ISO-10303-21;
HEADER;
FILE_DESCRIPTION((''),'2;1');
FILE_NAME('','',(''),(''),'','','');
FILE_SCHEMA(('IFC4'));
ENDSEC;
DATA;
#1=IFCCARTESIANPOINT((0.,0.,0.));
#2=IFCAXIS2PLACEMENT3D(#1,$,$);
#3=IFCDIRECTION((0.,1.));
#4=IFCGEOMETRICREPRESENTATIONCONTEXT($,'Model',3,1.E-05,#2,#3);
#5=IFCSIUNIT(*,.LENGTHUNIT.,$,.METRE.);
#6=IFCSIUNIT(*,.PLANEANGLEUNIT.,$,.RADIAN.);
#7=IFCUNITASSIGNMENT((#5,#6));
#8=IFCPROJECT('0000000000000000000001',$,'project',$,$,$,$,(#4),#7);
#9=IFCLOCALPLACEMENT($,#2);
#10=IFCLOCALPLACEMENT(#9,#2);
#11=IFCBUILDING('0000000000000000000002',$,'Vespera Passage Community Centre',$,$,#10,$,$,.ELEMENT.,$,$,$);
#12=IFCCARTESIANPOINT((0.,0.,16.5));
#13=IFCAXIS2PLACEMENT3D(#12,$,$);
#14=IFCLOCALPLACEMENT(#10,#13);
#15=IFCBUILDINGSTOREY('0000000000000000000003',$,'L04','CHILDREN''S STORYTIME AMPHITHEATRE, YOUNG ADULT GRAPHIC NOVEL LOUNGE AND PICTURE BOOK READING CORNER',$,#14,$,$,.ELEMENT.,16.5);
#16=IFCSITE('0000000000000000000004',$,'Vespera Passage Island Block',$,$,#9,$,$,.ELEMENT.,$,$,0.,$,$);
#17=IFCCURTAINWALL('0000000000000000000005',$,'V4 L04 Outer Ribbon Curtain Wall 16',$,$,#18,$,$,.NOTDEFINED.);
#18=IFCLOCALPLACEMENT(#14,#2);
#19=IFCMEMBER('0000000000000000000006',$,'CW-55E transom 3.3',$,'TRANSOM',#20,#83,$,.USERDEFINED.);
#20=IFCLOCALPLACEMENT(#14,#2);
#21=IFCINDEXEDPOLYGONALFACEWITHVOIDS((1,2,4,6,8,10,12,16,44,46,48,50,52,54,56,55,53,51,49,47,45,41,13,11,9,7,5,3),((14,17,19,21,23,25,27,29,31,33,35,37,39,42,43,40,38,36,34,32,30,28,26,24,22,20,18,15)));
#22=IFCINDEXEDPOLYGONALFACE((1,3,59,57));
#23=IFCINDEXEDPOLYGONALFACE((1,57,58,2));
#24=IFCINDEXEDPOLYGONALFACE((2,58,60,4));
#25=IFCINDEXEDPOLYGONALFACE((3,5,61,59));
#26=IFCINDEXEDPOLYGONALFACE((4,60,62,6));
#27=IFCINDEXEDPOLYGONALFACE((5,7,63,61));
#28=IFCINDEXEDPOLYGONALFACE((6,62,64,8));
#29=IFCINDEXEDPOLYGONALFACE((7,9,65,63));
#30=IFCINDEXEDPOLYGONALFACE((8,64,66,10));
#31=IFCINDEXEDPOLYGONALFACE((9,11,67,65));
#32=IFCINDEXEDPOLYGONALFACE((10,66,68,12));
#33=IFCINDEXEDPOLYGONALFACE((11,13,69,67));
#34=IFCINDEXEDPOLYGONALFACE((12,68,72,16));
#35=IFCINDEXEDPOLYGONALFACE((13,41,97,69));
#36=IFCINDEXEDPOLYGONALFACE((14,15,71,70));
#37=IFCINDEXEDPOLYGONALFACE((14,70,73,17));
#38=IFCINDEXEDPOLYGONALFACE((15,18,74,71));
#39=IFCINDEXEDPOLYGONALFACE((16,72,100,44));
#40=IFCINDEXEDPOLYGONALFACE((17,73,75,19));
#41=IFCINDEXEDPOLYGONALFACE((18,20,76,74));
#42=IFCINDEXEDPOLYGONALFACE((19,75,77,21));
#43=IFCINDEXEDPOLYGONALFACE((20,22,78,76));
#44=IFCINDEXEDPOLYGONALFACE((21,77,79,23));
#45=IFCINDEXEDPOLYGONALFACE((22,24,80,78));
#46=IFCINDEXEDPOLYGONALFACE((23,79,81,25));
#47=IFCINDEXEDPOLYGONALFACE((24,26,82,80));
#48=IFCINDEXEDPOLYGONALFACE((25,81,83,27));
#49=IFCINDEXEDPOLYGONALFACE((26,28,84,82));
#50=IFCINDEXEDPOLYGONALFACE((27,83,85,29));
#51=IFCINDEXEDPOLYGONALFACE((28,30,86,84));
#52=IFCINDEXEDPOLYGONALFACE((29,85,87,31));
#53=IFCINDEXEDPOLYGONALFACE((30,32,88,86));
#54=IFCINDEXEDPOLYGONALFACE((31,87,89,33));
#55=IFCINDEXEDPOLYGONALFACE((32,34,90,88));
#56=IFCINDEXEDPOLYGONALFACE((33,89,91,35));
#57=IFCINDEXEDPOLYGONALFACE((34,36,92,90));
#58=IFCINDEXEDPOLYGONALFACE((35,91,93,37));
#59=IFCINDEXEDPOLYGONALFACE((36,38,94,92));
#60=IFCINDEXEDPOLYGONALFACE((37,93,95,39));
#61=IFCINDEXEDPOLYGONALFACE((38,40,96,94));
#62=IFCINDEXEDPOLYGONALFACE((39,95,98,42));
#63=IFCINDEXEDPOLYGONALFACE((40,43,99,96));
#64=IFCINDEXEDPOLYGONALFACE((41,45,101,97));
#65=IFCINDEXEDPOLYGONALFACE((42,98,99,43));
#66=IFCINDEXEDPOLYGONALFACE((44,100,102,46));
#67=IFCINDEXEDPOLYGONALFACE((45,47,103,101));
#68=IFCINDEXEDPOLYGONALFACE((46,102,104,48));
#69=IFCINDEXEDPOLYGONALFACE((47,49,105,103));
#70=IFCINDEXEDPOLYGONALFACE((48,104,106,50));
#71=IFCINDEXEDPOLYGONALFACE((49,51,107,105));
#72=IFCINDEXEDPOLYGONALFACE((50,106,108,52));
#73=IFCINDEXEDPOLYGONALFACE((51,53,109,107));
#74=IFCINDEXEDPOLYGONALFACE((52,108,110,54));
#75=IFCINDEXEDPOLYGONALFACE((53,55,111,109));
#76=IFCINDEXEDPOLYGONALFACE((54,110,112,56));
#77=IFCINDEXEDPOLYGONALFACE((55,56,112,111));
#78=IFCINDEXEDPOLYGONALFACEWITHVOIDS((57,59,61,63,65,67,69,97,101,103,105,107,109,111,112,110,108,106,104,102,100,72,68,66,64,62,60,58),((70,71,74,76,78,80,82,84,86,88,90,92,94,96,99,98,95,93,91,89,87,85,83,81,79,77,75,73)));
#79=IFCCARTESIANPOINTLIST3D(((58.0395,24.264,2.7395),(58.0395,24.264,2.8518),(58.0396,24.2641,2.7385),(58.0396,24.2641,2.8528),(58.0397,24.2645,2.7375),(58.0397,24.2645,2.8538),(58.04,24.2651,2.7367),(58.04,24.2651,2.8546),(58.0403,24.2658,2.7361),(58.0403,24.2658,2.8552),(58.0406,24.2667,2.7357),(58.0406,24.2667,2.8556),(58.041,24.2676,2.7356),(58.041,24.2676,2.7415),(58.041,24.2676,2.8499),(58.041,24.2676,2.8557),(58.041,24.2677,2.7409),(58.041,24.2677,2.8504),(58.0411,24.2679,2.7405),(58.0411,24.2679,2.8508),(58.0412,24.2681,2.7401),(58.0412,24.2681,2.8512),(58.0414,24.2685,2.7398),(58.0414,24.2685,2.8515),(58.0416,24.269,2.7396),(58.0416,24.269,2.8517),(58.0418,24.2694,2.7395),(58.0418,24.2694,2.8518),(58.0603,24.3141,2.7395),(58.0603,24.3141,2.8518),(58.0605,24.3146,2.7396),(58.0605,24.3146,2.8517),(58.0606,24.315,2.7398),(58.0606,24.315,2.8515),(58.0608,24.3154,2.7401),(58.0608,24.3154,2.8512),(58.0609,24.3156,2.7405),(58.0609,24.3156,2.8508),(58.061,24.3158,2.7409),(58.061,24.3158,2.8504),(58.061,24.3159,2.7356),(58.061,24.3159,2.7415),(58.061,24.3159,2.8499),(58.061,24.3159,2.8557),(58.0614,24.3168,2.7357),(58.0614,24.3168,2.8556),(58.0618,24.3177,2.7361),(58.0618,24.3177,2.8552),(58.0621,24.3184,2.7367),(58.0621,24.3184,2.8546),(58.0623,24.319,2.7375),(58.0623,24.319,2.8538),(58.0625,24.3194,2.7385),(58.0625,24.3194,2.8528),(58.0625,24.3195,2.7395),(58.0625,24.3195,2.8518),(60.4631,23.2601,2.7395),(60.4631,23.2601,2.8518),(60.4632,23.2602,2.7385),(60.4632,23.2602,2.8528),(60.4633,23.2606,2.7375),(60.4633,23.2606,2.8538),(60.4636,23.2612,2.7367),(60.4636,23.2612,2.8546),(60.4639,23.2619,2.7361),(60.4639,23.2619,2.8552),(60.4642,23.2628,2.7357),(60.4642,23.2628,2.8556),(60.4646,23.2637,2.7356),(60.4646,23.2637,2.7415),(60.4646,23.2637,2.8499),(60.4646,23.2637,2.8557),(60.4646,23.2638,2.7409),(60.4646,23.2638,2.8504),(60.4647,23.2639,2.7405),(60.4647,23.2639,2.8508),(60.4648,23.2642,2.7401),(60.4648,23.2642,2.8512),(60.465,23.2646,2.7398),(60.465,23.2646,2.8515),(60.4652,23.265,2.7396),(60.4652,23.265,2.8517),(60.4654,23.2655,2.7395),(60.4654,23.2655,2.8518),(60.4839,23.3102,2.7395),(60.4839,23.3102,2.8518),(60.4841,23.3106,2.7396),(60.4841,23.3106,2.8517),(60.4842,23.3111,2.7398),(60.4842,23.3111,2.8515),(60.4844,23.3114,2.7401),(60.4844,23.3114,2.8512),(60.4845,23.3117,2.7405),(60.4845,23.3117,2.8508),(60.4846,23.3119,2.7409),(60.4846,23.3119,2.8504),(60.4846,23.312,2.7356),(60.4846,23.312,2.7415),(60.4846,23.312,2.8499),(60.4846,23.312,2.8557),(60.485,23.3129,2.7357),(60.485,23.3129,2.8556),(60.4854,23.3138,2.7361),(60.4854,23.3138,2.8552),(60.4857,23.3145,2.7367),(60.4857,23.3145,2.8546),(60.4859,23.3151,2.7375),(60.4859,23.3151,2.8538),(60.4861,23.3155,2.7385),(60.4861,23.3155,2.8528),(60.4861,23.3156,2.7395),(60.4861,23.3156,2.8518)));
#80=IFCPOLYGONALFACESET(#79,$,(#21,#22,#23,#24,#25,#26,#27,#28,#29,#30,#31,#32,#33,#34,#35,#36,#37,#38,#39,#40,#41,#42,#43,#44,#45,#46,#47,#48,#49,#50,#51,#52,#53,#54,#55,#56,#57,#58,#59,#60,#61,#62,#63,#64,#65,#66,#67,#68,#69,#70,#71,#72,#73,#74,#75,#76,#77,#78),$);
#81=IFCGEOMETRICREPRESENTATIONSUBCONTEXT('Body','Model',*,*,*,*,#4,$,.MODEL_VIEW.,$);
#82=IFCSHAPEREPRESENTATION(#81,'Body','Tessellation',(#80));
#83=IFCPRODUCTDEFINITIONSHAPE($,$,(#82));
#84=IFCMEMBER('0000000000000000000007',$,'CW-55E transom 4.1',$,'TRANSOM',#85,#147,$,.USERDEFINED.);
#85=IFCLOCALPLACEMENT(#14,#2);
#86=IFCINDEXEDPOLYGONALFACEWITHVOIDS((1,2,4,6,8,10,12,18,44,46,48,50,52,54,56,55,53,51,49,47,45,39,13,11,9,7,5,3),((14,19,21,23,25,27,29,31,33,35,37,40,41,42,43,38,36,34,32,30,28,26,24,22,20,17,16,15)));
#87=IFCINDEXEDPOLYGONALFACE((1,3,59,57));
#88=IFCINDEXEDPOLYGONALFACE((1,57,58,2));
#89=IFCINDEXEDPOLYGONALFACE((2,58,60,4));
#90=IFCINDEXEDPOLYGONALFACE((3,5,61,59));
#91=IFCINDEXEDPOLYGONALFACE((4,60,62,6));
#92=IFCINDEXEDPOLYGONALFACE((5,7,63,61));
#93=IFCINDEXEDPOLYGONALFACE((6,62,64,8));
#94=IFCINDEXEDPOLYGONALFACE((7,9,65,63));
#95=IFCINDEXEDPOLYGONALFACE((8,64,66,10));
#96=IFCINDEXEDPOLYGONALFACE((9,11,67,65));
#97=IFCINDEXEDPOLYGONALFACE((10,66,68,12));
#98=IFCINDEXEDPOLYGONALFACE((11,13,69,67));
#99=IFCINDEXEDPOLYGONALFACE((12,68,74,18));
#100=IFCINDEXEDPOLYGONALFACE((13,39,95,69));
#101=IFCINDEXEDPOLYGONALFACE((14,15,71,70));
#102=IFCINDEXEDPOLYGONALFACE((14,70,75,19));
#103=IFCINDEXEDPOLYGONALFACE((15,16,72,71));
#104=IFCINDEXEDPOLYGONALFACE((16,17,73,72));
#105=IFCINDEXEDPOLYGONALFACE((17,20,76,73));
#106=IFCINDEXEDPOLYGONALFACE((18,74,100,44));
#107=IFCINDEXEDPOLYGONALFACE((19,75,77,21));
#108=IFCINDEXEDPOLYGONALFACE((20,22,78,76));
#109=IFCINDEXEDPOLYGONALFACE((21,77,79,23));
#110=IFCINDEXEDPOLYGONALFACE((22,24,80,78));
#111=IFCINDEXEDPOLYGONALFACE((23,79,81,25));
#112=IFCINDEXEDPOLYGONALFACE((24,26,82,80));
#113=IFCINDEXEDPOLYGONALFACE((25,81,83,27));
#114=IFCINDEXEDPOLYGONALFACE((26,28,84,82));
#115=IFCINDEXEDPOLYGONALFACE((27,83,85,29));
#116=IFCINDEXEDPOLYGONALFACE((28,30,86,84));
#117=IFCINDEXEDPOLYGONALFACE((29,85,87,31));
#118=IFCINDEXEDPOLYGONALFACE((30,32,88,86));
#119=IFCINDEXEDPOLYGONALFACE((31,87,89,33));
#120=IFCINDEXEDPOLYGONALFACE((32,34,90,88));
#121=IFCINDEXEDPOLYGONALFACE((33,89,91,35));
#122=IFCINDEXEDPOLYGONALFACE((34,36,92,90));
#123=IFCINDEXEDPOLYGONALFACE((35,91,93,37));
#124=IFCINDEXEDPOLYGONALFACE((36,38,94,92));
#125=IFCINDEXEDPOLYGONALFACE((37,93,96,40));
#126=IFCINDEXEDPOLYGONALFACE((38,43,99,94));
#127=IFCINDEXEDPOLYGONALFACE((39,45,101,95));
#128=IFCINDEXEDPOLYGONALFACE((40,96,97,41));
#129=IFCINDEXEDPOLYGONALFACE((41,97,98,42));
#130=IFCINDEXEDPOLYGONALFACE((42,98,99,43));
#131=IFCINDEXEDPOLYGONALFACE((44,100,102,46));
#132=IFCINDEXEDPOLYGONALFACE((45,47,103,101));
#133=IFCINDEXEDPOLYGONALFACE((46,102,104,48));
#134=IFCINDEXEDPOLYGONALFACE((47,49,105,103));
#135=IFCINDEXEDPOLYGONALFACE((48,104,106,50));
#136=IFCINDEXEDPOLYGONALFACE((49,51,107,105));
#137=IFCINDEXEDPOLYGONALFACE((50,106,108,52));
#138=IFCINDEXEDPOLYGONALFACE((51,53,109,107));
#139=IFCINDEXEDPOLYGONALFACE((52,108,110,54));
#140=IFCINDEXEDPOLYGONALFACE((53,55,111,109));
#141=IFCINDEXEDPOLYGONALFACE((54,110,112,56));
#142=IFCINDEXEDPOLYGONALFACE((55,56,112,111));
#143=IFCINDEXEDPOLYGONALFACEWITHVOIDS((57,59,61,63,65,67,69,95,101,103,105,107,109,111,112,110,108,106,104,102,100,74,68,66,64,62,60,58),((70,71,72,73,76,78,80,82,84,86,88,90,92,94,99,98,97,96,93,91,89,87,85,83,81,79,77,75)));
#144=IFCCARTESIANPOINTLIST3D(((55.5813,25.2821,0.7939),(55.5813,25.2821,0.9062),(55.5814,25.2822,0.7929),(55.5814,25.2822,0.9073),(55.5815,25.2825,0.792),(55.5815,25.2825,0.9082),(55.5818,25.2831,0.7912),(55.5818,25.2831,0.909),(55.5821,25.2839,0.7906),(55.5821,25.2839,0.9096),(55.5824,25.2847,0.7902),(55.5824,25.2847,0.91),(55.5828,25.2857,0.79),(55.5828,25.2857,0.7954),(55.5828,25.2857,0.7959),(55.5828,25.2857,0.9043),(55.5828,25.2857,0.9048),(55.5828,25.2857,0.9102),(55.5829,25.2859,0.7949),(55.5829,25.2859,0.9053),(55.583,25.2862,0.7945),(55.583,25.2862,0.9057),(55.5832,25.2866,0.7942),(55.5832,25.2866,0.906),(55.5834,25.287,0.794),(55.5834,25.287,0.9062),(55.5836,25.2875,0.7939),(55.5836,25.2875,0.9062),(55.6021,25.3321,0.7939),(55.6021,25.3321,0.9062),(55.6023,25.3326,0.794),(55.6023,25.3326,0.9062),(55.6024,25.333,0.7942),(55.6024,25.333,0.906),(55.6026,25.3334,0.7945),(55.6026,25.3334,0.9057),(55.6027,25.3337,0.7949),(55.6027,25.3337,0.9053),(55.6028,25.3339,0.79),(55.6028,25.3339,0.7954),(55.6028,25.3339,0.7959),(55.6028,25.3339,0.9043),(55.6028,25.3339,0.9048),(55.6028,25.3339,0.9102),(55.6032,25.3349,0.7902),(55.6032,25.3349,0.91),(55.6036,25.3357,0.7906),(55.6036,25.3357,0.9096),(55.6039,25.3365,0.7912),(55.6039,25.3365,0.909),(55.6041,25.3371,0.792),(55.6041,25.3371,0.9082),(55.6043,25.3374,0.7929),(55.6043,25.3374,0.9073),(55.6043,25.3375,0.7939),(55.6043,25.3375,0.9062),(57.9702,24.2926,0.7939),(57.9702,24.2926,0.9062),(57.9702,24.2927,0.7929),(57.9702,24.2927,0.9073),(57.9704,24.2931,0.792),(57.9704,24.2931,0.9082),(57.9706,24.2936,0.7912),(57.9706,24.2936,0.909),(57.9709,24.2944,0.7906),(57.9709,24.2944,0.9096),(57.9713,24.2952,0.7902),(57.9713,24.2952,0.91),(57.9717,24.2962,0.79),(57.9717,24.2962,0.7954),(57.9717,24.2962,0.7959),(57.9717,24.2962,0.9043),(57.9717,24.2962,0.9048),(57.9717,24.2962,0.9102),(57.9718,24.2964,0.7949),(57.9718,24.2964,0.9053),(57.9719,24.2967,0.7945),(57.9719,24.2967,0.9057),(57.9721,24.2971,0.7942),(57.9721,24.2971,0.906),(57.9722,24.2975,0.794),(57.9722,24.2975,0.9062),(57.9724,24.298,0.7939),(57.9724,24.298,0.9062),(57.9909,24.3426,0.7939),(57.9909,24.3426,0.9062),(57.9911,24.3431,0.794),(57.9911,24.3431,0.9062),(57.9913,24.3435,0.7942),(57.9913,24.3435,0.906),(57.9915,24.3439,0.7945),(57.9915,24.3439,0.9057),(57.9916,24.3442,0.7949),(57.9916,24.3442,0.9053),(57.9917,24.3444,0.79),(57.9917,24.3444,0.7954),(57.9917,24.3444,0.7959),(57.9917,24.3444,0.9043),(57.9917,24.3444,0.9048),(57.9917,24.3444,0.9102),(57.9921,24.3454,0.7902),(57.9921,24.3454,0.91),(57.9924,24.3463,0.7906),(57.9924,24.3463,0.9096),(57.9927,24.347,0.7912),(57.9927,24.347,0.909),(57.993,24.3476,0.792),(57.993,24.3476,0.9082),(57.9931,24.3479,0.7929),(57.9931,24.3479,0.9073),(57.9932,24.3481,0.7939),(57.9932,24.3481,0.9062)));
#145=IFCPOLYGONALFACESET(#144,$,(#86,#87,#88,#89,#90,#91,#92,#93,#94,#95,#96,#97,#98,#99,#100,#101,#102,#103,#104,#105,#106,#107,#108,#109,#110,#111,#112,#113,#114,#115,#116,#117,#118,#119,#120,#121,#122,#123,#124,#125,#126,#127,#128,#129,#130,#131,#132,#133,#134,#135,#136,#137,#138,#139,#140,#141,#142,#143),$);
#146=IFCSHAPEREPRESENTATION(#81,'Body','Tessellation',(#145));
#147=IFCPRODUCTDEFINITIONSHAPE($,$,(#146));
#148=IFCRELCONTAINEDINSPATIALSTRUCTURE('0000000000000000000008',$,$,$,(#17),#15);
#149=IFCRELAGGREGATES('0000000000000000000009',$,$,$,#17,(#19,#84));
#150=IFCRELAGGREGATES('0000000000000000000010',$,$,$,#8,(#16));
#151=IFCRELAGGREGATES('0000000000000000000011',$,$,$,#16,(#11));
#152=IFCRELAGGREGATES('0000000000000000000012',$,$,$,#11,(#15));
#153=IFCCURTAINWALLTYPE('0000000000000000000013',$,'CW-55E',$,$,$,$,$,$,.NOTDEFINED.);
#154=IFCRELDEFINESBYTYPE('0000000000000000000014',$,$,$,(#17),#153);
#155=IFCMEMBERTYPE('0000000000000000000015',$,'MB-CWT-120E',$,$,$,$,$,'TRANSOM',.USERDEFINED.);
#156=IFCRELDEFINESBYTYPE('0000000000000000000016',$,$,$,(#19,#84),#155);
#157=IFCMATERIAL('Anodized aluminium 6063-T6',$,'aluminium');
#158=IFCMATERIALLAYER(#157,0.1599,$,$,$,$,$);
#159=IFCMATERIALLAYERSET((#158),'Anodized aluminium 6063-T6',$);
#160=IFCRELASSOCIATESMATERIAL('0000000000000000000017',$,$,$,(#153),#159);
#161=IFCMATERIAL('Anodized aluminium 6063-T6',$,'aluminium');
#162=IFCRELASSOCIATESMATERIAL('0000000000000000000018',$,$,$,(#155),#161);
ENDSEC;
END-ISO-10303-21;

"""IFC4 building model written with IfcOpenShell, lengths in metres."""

from ifc_helpers import new_model, si_unit, direction, frame, origin, origin_2d, place, context, subcontext, project, spatial, hollow_rectangle, extrude, material, layer, layer_set, material_profile, profile_set, type_object, element, aggregate, save


model = new_model("IFC4")

# Units and contexts
model_context = context("Model", 3, precision=1e-05, world=origin(), true_north=direction((0.0, 1.0)))
body_context = subcontext(model_context, "Body", "Model", "MODEL_VIEW")
ifc_project = project(units=[si_unit("LENGTHUNIT", "METRE"), si_unit("PLANEANGLEUNIT", "RADIAN")], contexts=[model_context])

# Site, building, storey
site_placement = place(None, origin())
site = spatial("IfcSite", under=ifc_project, at=site_placement, Name="Vespera Passage Island Block", CompositionType="ELEMENT", RefElevation=0.0)
building_placement = place(site_placement, origin())
building = spatial("IfcBuilding", under=site, at=building_placement, Name="Vespera Passage Community Centre", CompositionType="ELEMENT")
storey_placement = place(building_placement, frame((0.0, 0.0, 16.5)))
storey = spatial("IfcBuildingStorey", under=building, at=storey_placement, Name="L04", Description="CHILDREN'S STORYTIME AMPHITHEATRE, YOUNG ADULT GRAPHIC NOVEL LOUNGE AND PICTURE BOOK READING CORNER", CompositionType="ELEMENT", Elevation=16.5)

# Curtain wall, members
ifc_material_1 = material(Name="Anodized aluminium 6063-T6", Category="aluminium")
ifc_layer_1 = layer(ifc_material_1, 0.1599)
ifc_layer_set_1 = layer_set([ifc_layer_1], Name="Anodized aluminium 6063-T6")
curtain_wall_type = type_object("IfcCurtainWallType", Name="CW-55E", PredefinedType="NOTDEFINED", material=ifc_layer_set_1)
curtain_wall_placement = place(storey_placement, origin())
curtain_wall = element("IfcCurtainWall", 1, at=curtain_wall_placement, inside=storey, type_object=curtain_wall_type, Name="V4 L04 Outer Ribbon Curtain Wall 16", PredefinedType="NOTDEFINED")
ifc_material_2 = material(Name="Anodized aluminium 6063-T6", Category="aluminium")
ifc_material_profile_1 = material_profile(ifc_material_2, hollow_rectangle(XDim=0.0601, YDim=0.1201, WallThickness=0.0039, InnerFilletRadius=0.002, OuterFilletRadius=0.0039, at=origin_2d()), Name="ALU120X60X4")
ifc_profile_set_1 = profile_set([ifc_material_profile_1], Name="Anodized aluminium 6063-T6")
member_type_1 = type_object("IfcMemberType", Name="MB-CWT-120E", ElementType="TRANSOM", PredefinedType="USERDEFINED", material=ifc_profile_set_1)
member_1_placement = place(storey_placement, frame((60.4746, 23.2878, 2.7957), z_axis=(-0.923876, 0.382692, 0.0), x_axis=(-0.382692, -0.923876, 0.0)))
member_1 = element("IfcMember", 2, at=member_1_placement, type_object=member_type_1, Name="CW-55E transom 3.3", ObjectType="TRANSOM", PredefinedType="USERDEFINED", context=body_context, shape_type="SweptSolid", body=[
    extrude(hollow_rectangle(XDim=0.0601, YDim=0.1201, WallThickness=0.0039, InnerFilletRadius=0.002, OuterFilletRadius=0.0039, at=origin_2d()), origin(), (0.0, 0.0, 1.0), 2.6233),
])
member_2_placement = place(storey_placement, frame((57.9817, 24.3203, 0.8501), z_axis=(-0.923882, 0.382677, 0.0), x_axis=(-0.382677, -0.923882, 0.0)))
member_2 = element("IfcMember", 3, at=member_2_placement, type_object=member_type_1, Name="CW-55E transom 4.1", ObjectType="TRANSOM", PredefinedType="USERDEFINED", context=body_context, shape_type="SweptSolid", body=[
    extrude(hollow_rectangle(XDim=0.0601, YDim=0.1201, WallThickness=0.0039, InnerFilletRadius=0.002, OuterFilletRadius=0.0039, at=origin_2d()), origin(), (0.0, 0.0, 1.0), 2.5857),
])
aggregate(curtain_wall, [member_1, member_2])

save(model, "model.ifc")
